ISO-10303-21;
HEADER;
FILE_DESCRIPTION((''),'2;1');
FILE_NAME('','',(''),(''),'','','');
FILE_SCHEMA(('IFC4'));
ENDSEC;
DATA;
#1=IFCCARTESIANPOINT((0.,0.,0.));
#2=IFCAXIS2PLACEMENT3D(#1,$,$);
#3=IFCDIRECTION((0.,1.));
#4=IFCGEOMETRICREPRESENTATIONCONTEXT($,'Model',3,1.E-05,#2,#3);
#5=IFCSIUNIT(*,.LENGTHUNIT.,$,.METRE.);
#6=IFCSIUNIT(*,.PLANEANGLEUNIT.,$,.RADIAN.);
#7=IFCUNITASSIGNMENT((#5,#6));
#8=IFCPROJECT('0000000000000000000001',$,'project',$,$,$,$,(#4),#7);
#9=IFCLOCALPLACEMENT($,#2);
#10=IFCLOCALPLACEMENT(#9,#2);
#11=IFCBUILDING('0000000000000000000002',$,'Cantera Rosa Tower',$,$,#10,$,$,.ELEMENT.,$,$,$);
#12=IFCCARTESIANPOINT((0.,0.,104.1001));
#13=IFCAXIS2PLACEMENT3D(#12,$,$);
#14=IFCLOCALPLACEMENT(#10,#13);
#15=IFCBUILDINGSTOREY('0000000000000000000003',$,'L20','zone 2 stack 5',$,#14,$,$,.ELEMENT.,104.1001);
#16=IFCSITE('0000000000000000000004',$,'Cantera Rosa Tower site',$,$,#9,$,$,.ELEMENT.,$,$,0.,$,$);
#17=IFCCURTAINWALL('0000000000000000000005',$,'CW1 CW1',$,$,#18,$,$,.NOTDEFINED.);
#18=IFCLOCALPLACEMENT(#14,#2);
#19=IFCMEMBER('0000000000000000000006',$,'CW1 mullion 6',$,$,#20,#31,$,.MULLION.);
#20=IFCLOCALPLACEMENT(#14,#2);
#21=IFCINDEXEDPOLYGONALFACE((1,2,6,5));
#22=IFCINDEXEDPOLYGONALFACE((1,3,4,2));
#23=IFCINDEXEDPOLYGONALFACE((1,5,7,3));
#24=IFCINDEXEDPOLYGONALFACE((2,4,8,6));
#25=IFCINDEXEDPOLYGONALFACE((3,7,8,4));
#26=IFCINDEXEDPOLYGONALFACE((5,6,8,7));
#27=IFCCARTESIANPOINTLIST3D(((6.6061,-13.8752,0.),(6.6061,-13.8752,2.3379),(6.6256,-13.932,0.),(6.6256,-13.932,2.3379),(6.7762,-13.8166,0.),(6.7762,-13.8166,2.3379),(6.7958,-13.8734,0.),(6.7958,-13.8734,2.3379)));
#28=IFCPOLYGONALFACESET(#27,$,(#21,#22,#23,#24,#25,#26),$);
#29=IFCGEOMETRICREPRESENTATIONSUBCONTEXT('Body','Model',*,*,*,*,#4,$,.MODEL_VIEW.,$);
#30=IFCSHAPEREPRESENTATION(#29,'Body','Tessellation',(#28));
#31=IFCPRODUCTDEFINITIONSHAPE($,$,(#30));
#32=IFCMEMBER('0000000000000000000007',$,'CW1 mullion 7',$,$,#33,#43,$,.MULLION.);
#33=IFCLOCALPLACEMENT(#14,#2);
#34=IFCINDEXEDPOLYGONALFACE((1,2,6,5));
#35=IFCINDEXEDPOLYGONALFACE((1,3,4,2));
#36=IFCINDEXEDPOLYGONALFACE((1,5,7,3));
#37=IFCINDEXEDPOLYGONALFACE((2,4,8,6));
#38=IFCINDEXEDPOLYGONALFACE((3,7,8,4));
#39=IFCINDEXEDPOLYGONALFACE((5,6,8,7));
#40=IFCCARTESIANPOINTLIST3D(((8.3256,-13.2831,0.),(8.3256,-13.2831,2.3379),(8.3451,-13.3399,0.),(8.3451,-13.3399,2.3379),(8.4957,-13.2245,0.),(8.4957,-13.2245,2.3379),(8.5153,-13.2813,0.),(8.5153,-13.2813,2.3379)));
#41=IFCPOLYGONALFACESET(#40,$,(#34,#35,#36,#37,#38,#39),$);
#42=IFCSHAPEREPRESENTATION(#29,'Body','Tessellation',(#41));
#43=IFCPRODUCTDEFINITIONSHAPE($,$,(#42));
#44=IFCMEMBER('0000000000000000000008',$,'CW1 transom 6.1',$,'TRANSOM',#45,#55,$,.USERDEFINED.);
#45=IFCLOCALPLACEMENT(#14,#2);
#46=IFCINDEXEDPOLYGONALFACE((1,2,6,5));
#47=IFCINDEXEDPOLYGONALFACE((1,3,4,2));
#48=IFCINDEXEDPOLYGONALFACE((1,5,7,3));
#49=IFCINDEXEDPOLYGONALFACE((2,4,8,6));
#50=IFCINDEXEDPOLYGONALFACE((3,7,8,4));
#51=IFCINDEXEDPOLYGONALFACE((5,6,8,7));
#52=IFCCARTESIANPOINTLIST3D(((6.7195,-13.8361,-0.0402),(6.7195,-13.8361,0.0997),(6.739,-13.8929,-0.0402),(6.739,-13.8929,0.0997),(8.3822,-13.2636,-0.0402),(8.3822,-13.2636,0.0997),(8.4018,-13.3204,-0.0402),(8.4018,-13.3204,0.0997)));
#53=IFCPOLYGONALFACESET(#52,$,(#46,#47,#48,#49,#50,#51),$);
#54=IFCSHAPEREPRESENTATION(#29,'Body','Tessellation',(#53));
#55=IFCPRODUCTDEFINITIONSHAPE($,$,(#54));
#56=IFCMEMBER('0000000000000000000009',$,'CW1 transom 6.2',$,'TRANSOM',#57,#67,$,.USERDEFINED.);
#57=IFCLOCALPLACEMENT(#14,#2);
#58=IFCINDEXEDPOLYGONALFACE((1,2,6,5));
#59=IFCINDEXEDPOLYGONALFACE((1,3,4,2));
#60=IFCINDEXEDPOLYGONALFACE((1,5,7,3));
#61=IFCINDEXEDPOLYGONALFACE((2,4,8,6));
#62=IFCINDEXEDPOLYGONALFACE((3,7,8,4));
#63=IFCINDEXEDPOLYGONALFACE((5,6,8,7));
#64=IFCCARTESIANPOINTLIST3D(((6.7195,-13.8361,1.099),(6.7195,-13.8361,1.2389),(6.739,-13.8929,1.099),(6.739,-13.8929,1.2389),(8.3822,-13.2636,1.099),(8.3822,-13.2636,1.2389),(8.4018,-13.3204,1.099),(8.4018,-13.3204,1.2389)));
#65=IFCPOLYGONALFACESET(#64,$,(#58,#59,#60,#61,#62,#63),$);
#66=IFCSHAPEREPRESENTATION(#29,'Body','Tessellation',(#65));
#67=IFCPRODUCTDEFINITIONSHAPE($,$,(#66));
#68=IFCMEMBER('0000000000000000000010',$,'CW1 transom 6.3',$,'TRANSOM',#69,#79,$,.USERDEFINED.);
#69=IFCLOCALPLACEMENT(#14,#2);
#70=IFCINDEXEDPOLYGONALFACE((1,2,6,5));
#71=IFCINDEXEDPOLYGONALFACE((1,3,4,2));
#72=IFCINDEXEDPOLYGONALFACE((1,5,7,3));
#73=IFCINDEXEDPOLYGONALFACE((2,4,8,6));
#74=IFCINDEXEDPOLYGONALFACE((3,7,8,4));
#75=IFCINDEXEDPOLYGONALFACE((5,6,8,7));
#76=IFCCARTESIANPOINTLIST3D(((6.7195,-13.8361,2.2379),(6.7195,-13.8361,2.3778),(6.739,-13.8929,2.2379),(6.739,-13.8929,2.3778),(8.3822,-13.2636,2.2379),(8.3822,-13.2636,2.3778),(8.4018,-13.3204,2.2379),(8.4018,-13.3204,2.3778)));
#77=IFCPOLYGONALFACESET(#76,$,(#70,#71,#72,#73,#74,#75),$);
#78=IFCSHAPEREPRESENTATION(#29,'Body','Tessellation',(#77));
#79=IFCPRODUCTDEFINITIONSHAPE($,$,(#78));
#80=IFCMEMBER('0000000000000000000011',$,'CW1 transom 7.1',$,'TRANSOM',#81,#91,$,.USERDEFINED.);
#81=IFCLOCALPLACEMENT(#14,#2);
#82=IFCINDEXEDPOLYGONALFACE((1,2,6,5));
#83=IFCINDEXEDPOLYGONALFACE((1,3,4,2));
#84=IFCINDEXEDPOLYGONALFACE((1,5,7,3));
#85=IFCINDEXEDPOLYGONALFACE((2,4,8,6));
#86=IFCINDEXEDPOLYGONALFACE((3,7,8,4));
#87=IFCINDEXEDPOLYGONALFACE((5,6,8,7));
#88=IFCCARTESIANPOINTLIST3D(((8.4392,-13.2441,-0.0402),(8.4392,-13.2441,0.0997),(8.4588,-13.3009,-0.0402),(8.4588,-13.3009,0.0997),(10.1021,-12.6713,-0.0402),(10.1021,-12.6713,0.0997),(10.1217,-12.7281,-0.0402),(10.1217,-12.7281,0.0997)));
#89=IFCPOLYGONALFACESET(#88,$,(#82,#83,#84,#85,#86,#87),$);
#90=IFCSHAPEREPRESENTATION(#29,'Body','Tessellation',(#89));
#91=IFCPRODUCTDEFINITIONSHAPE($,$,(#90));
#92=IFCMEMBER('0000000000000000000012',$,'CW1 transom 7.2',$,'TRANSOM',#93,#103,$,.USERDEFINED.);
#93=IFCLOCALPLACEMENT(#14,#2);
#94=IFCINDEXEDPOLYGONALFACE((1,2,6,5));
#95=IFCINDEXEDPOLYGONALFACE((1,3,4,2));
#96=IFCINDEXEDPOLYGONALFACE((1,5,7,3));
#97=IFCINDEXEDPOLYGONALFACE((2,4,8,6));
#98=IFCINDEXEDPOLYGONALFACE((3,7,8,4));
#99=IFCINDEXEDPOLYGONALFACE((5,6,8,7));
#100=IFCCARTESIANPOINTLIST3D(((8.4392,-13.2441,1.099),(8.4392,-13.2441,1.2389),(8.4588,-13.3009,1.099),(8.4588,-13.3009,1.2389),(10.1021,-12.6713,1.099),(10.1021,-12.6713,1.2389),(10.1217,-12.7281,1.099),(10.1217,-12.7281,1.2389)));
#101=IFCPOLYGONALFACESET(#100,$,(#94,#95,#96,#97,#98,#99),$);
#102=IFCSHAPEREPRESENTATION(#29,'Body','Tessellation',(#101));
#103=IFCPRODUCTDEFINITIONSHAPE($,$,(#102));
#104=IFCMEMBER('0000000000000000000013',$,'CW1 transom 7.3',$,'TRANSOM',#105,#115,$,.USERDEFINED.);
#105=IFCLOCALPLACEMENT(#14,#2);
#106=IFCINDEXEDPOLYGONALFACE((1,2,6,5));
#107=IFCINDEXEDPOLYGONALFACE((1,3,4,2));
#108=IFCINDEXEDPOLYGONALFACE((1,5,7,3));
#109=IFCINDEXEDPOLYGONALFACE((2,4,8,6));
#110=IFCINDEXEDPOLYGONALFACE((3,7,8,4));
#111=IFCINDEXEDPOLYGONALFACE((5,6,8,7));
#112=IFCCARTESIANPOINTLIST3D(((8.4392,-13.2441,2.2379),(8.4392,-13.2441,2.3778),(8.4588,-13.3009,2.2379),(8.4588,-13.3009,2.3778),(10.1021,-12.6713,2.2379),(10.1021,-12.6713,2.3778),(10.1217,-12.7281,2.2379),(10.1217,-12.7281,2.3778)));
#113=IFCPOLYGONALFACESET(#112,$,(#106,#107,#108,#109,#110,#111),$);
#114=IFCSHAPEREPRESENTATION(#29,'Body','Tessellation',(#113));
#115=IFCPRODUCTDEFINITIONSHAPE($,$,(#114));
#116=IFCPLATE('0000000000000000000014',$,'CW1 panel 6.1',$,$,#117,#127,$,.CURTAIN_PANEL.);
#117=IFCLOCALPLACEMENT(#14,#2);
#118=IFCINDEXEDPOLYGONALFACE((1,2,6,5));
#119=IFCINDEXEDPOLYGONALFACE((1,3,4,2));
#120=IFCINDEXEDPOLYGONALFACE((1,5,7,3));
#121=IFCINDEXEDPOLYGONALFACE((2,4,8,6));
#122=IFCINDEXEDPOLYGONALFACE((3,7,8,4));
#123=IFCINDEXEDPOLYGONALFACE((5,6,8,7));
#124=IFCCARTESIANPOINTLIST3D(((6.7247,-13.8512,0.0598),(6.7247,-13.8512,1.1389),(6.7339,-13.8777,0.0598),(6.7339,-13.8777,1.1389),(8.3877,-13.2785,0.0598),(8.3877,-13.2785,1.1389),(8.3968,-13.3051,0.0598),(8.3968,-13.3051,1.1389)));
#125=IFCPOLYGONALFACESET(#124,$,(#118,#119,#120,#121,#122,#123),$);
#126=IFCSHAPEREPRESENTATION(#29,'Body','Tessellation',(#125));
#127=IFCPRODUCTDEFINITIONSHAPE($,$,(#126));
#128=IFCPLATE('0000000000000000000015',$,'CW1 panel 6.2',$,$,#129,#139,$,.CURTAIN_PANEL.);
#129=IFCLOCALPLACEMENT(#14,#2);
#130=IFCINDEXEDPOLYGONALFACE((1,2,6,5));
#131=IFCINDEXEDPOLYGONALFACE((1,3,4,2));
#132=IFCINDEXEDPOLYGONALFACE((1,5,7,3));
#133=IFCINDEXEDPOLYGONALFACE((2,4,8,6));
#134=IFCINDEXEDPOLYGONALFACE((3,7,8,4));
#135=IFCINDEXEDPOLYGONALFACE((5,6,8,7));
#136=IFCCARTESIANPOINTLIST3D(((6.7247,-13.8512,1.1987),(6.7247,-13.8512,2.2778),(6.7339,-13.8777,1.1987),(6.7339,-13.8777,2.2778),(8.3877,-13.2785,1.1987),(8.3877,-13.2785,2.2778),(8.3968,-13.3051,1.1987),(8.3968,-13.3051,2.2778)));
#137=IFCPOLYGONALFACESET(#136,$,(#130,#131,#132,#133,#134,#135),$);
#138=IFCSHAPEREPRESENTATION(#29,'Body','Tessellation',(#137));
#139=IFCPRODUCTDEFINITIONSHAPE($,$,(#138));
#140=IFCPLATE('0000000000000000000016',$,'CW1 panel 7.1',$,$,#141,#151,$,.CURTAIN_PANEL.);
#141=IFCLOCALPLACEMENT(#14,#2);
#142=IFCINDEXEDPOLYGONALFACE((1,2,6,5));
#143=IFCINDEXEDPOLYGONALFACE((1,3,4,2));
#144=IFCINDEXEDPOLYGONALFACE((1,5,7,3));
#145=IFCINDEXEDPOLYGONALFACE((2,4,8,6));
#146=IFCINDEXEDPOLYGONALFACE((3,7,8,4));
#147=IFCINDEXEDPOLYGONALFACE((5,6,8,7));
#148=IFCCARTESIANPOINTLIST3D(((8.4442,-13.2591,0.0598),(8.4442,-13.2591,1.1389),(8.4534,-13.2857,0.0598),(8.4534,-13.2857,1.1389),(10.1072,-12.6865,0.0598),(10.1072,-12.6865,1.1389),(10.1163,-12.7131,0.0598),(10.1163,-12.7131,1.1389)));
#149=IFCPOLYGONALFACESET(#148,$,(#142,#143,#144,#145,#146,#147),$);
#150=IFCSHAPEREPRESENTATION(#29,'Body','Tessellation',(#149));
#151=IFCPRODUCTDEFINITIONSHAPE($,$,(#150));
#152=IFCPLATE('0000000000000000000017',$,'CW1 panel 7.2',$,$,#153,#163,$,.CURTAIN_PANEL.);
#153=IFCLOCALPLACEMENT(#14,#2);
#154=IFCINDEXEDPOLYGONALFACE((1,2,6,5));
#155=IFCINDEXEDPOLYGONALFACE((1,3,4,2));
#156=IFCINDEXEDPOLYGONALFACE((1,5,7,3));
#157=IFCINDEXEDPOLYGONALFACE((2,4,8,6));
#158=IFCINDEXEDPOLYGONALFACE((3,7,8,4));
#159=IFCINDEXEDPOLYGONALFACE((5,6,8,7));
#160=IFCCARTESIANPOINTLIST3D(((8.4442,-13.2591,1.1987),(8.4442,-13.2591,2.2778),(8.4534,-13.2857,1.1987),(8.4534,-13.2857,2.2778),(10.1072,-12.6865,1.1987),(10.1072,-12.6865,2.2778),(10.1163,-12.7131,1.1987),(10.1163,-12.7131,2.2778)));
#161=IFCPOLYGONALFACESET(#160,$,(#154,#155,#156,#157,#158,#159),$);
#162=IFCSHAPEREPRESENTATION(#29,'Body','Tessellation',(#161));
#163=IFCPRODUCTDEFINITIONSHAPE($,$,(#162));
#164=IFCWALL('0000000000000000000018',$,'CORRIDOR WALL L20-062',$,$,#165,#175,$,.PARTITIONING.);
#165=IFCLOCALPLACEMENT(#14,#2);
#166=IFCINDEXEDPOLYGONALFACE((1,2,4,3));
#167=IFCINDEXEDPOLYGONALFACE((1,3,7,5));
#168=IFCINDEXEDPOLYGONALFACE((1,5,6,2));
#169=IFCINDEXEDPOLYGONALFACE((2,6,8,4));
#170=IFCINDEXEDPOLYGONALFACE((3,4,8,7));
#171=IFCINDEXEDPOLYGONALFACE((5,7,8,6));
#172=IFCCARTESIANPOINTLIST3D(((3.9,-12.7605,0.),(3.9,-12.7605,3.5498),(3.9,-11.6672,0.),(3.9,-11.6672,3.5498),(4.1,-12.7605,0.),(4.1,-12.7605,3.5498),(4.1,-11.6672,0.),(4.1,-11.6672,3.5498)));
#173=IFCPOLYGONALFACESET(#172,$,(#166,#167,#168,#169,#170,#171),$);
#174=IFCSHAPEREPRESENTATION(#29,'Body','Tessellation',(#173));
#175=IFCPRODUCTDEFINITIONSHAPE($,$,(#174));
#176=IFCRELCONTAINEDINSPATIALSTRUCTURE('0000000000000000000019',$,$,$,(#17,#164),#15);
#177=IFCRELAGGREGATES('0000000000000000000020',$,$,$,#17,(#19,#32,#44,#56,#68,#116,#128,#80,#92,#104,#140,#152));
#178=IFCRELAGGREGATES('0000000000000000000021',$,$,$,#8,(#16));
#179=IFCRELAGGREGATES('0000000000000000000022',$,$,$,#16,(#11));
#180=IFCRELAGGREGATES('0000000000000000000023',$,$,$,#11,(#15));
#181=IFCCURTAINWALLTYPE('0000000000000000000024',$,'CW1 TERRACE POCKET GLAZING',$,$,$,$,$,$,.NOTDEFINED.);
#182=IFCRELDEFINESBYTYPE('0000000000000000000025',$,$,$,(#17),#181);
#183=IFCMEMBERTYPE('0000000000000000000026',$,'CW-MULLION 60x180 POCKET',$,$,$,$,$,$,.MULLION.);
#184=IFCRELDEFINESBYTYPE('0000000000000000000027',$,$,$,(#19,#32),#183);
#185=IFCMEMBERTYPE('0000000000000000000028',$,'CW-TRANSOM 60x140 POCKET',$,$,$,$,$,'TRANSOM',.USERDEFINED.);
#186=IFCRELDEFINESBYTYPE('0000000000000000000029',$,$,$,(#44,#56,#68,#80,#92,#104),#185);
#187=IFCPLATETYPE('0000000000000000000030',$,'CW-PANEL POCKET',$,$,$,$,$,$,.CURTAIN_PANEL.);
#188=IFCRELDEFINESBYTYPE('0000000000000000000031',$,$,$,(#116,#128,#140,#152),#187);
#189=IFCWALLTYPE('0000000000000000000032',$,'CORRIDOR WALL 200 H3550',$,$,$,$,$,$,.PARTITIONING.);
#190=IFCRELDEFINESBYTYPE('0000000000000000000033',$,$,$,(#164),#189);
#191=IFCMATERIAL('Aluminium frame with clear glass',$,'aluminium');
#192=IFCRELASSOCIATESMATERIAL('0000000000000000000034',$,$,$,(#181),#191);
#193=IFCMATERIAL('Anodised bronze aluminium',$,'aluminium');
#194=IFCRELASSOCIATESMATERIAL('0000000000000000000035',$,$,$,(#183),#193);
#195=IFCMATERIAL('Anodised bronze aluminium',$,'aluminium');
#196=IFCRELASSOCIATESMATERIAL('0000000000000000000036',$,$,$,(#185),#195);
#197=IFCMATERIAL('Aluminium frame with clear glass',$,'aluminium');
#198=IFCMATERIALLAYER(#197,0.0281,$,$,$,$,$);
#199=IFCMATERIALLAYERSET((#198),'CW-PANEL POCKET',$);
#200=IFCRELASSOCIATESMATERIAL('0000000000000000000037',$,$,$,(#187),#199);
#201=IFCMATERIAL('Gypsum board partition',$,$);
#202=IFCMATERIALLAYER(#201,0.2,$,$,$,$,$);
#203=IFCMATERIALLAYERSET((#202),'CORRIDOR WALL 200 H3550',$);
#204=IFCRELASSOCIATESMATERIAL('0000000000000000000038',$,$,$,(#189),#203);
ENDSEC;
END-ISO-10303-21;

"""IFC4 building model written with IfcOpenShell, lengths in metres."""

from ifc_helpers import new_model, si_unit, direction, frame, frame_2d, origin, origin_2d, place, context, subcontext, project, spatial, rectangle, extrude, material, layer, layer_set, material_profile, profile_set, type_object, element, aggregate, save


model = new_model("IFC4")

# Units and contexts
model_context = context("Model", 3, precision=1e-05, world=origin(), true_north=direction((0.0, 1.0)))
body_context = subcontext(model_context, "Body", "Model", "MODEL_VIEW")
ifc_project = project(units=[si_unit("LENGTHUNIT", "METRE"), si_unit("PLANEANGLEUNIT", "RADIAN")], contexts=[model_context])

# Site, building, storey
site_placement = place(None, origin())
site = spatial("IfcSite", under=ifc_project, at=site_placement, Name="Cantera Rosa Tower site", CompositionType="ELEMENT", RefElevation=0.0)
building_placement = place(site_placement, origin())
building = spatial("IfcBuilding", under=site, at=building_placement, Name="Cantera Rosa Tower", CompositionType="ELEMENT")
storey_placement = place(building_placement, frame((0.0, 0.0, 104.1001)))
storey = spatial("IfcBuildingStorey", under=building, at=storey_placement, Name="L20", Description="zone 2 stack 5", CompositionType="ELEMENT", Elevation=104.1001)

# Curtain wall, members, plates
ifc_material_1 = material(Name="Aluminium frame with clear glass", Category="aluminium")
curtain_wall_type = type_object("IfcCurtainWallType", Name="CW1 TERRACE POCKET GLAZING", PredefinedType="NOTDEFINED", material=ifc_material_1)
curtain_wall_placement = place(storey_placement, origin())
curtain_wall = element("IfcCurtainWall", 1, at=curtain_wall_placement, inside=storey, type_object=curtain_wall_type, Name="CW1 CW1", PredefinedType="NOTDEFINED")
ifc_material_2 = material(Name="Anodised bronze aluminium", Category="aluminium")
ifc_material_profile_1 = material_profile(ifc_material_2, rectangle(XDim=0.0601, YDim=0.1799, at=origin_2d()), Name="CW-MULLION 60x180 POCKET")
ifc_profile_set_1 = profile_set([ifc_material_profile_1], Name="Anodised bronze aluminium")
member_type_1 = type_object("IfcMemberType", Name="CW-MULLION 60x180 POCKET", PredefinedType="MULLION", material=ifc_profile_set_1)
member_1_placement = place(storey_placement, frame((6.7009, -13.8743, 0.0), z_axis=(0.0, 0.0, 1.0), x_axis=(-0.325568, 0.945519, 0.0)))
member_1 = element("IfcMember", 2, at=member_1_placement, type_object=member_type_1, Name="CW1 mullion 6", PredefinedType="MULLION", context=body_context, shape_type="SweptSolid", body=[
    extrude(rectangle(XDim=0.0601, YDim=0.1799, at=origin_2d()), origin(), (0.0, 0.0, 1.0), 2.3379),
])
member_2_placement = place(storey_placement, frame((8.4204, -13.2822, 0.0), z_axis=(0.0, 0.0, 1.0), x_axis=(-0.325568, 0.945519, 0.0)))
member_2 = element("IfcMember", 3, at=member_2_placement, type_object=member_type_1, Name="CW1 mullion 7", PredefinedType="MULLION", context=body_context, shape_type="SweptSolid", body=[
    extrude(rectangle(XDim=0.0601, YDim=0.1799, at=origin_2d()), origin(), (0.0, 0.0, 1.0), 2.3379),
])
ifc_material_3 = material(Name="Anodised bronze aluminium", Category="aluminium")
ifc_material_profile_2 = material_profile(ifc_material_3, rectangle(XDim=0.0601, YDim=0.1399, at=origin_2d()), Name="CW-TRANSOM 60x140 POCKET")
ifc_profile_set_2 = profile_set([ifc_material_profile_2], Name="Anodised bronze aluminium")
member_type_2 = type_object("IfcMemberType", Name="CW-TRANSOM 60x140 POCKET", ElementType="TRANSOM", PredefinedType="USERDEFINED", material=ifc_profile_set_2)
member_3_placement = place(storey_placement, frame((6.7292, -13.8645, 0.0298), z_axis=(0.945528, 0.325541, 0.0), x_axis=(-0.325541, 0.945528, 0.0)))
member_3 = element("IfcMember", 4, at=member_3_placement, type_object=member_type_2, Name="CW1 transom 6.1", ObjectType="TRANSOM", PredefinedType="USERDEFINED", context=body_context, shape_type="SweptSolid", body=[
    extrude(rectangle(XDim=0.0601, YDim=0.1399, at=origin_2d()), origin(), (0.0, 0.0, 1.0), 1.7585),
])
member_4_placement = place(storey_placement, frame((6.7292, -13.8645, 1.1689), z_axis=(0.945528, 0.325541, 0.0), x_axis=(-0.325541, 0.945528, 0.0)))
member_4 = element("IfcMember", 5, at=member_4_placement, type_object=member_type_2, Name="CW1 transom 6.2", ObjectType="TRANSOM", PredefinedType="USERDEFINED", context=body_context, shape_type="SweptSolid", body=[
    extrude(rectangle(XDim=0.0601, YDim=0.1399, at=origin_2d()), origin(), (0.0, 0.0, 1.0), 1.7585),
])
member_5_placement = place(storey_placement, frame((6.7292, -13.8645, 2.3079), z_axis=(0.945528, 0.325541, 0.0), x_axis=(-0.325541, 0.945528, 0.0)))
member_5 = element("IfcMember", 6, at=member_5_placement, type_object=member_type_2, Name="CW1 transom 6.3", ObjectType="TRANSOM", PredefinedType="USERDEFINED", context=body_context, shape_type="SweptSolid", body=[
    extrude(rectangle(XDim=0.0601, YDim=0.1399, at=origin_2d()), origin(), (0.0, 0.0, 1.0), 1.7585),
])
member_6_placement = place(storey_placement, frame((8.449, -13.2725, 0.0298), z_axis=(0.945485, 0.325666, 0.0), x_axis=(-0.325666, 0.945485, 0.0)))
member_6 = element("IfcMember", 7, at=member_6_placement, type_object=member_type_2, Name="CW1 transom 7.1", ObjectType="TRANSOM", PredefinedType="USERDEFINED", context=body_context, shape_type="SweptSolid", body=[
    extrude(rectangle(XDim=0.0601, YDim=0.1399, at=origin_2d()), origin(), (0.0, 0.0, 1.0), 1.7588),
])
member_7_placement = place(storey_placement, frame((8.449, -13.2725, 1.1689), z_axis=(0.945485, 0.325666, 0.0), x_axis=(-0.325666, 0.945485, 0.0)))
member_7 = element("IfcMember", 8, at=member_7_placement, type_object=member_type_2, Name="CW1 transom 7.2", ObjectType="TRANSOM", PredefinedType="USERDEFINED", context=body_context, shape_type="SweptSolid", body=[
    extrude(rectangle(XDim=0.0601, YDim=0.1399, at=origin_2d()), origin(), (0.0, 0.0, 1.0), 1.7588),
])
member_8_placement = place(storey_placement, frame((8.449, -13.2725, 2.3079), z_axis=(0.945485, 0.325666, 0.0), x_axis=(-0.325666, 0.945485, 0.0)))
member_8 = element("IfcMember", 9, at=member_8_placement, type_object=member_type_2, Name="CW1 transom 7.3", ObjectType="TRANSOM", PredefinedType="USERDEFINED", context=body_context, shape_type="SweptSolid", body=[
    extrude(rectangle(XDim=0.0601, YDim=0.1399, at=origin_2d()), origin(), (0.0, 0.0, 1.0), 1.7588),
])
ifc_material_4 = material(Name="Aluminium frame with clear glass", Category="aluminium")
ifc_layer_1 = layer(ifc_material_4, 0.0281)
ifc_layer_set_1 = layer_set([ifc_layer_1], Name="CW-PANEL POCKET")
plate_type = type_object("IfcPlateType", Name="CW-PANEL POCKET", PredefinedType="CURTAIN_PANEL", material=ifc_layer_set_1)
plate_1_placement = place(storey_placement, frame((7.5608, -13.5781, 0.0598), z_axis=(0.0, 0.0, 1.0), x_axis=(0.945519, 0.325568, 0.0)))
plate_1 = element("IfcPlate", 10, at=plate_1_placement, type_object=plate_type, Name="CW1 panel 6.1", PredefinedType="CURTAIN_PANEL", context=body_context, shape_type="SweptSolid", body=[
    extrude(rectangle(XDim=1.7588, YDim=0.0281, at=origin_2d()), origin(), (0.0, 0.0, 1.0), 1.0791),
])
plate_2_placement = place(storey_placement, frame((7.5608, -13.5781, 1.1987), z_axis=(0.0, 0.0, 1.0), x_axis=(0.945519, 0.325568, 0.0)))
plate_2 = element("IfcPlate", 11, at=plate_2_placement, type_object=plate_type, Name="CW1 panel 6.2", PredefinedType="CURTAIN_PANEL", context=body_context, shape_type="SweptSolid", body=[
    extrude(rectangle(XDim=1.7588, YDim=0.0281, at=origin_2d()), origin(), (0.0, 0.0, 1.0), 1.0791),
])
plate_3_placement = place(storey_placement, frame((9.2803, -12.9861, 0.0598), z_axis=(0.0, 0.0, 1.0), x_axis=(0.945519, 0.325568, 0.0)))
plate_3 = element("IfcPlate", 12, at=plate_3_placement, type_object=plate_type, Name="CW1 panel 7.1", PredefinedType="CURTAIN_PANEL", context=body_context, shape_type="SweptSolid", body=[
    extrude(rectangle(XDim=1.7588, YDim=0.0281, at=origin_2d()), origin(), (0.0, 0.0, 1.0), 1.0791),
])
plate_4_placement = place(storey_placement, frame((9.2803, -12.9861, 1.1987), z_axis=(0.0, 0.0, 1.0), x_axis=(0.945519, 0.325568, 0.0)))
plate_4 = element("IfcPlate", 13, at=plate_4_placement, type_object=plate_type, Name="CW1 panel 7.2", PredefinedType="CURTAIN_PANEL", context=body_context, shape_type="SweptSolid", body=[
    extrude(rectangle(XDim=1.7588, YDim=0.0281, at=origin_2d()), origin(), (0.0, 0.0, 1.0), 1.0791),
])
aggregate(curtain_wall, [member_1, member_2, member_3, member_4, member_5, plate_1, plate_2, member_6, member_7, member_8, plate_3, plate_4])

# Wall
ifc_material_5 = material(Name="Gypsum board partition")
ifc_layer_2 = layer(ifc_material_5, 0.2)
ifc_layer_set_2 = layer_set([ifc_layer_2], Name="CORRIDOR WALL 200 H3550")
wall_type = type_object("IfcWallType", Name="CORRIDOR WALL 200 H3550", PredefinedType="PARTITIONING", material=ifc_layer_set_2)
wall_placement = place(storey_placement, frame((4.0, -12.7605, 0.0), z_axis=(0.0, 0.0, 1.0), x_axis=(0.0, 1.0, 0.0)))
element("IfcWall", 14, at=wall_placement, inside=storey, type_object=wall_type, Name="CORRIDOR WALL L20-062", PredefinedType="PARTITIONING", context=body_context, shape_type="SweptSolid", body=[
    extrude(rectangle(XDim=1.0933, YDim=0.2, at=frame_2d((0.5466, 0.0))), origin(), (0.0, 0.0, 1.0), 3.5498),
])

save(model, "model.ifc")
